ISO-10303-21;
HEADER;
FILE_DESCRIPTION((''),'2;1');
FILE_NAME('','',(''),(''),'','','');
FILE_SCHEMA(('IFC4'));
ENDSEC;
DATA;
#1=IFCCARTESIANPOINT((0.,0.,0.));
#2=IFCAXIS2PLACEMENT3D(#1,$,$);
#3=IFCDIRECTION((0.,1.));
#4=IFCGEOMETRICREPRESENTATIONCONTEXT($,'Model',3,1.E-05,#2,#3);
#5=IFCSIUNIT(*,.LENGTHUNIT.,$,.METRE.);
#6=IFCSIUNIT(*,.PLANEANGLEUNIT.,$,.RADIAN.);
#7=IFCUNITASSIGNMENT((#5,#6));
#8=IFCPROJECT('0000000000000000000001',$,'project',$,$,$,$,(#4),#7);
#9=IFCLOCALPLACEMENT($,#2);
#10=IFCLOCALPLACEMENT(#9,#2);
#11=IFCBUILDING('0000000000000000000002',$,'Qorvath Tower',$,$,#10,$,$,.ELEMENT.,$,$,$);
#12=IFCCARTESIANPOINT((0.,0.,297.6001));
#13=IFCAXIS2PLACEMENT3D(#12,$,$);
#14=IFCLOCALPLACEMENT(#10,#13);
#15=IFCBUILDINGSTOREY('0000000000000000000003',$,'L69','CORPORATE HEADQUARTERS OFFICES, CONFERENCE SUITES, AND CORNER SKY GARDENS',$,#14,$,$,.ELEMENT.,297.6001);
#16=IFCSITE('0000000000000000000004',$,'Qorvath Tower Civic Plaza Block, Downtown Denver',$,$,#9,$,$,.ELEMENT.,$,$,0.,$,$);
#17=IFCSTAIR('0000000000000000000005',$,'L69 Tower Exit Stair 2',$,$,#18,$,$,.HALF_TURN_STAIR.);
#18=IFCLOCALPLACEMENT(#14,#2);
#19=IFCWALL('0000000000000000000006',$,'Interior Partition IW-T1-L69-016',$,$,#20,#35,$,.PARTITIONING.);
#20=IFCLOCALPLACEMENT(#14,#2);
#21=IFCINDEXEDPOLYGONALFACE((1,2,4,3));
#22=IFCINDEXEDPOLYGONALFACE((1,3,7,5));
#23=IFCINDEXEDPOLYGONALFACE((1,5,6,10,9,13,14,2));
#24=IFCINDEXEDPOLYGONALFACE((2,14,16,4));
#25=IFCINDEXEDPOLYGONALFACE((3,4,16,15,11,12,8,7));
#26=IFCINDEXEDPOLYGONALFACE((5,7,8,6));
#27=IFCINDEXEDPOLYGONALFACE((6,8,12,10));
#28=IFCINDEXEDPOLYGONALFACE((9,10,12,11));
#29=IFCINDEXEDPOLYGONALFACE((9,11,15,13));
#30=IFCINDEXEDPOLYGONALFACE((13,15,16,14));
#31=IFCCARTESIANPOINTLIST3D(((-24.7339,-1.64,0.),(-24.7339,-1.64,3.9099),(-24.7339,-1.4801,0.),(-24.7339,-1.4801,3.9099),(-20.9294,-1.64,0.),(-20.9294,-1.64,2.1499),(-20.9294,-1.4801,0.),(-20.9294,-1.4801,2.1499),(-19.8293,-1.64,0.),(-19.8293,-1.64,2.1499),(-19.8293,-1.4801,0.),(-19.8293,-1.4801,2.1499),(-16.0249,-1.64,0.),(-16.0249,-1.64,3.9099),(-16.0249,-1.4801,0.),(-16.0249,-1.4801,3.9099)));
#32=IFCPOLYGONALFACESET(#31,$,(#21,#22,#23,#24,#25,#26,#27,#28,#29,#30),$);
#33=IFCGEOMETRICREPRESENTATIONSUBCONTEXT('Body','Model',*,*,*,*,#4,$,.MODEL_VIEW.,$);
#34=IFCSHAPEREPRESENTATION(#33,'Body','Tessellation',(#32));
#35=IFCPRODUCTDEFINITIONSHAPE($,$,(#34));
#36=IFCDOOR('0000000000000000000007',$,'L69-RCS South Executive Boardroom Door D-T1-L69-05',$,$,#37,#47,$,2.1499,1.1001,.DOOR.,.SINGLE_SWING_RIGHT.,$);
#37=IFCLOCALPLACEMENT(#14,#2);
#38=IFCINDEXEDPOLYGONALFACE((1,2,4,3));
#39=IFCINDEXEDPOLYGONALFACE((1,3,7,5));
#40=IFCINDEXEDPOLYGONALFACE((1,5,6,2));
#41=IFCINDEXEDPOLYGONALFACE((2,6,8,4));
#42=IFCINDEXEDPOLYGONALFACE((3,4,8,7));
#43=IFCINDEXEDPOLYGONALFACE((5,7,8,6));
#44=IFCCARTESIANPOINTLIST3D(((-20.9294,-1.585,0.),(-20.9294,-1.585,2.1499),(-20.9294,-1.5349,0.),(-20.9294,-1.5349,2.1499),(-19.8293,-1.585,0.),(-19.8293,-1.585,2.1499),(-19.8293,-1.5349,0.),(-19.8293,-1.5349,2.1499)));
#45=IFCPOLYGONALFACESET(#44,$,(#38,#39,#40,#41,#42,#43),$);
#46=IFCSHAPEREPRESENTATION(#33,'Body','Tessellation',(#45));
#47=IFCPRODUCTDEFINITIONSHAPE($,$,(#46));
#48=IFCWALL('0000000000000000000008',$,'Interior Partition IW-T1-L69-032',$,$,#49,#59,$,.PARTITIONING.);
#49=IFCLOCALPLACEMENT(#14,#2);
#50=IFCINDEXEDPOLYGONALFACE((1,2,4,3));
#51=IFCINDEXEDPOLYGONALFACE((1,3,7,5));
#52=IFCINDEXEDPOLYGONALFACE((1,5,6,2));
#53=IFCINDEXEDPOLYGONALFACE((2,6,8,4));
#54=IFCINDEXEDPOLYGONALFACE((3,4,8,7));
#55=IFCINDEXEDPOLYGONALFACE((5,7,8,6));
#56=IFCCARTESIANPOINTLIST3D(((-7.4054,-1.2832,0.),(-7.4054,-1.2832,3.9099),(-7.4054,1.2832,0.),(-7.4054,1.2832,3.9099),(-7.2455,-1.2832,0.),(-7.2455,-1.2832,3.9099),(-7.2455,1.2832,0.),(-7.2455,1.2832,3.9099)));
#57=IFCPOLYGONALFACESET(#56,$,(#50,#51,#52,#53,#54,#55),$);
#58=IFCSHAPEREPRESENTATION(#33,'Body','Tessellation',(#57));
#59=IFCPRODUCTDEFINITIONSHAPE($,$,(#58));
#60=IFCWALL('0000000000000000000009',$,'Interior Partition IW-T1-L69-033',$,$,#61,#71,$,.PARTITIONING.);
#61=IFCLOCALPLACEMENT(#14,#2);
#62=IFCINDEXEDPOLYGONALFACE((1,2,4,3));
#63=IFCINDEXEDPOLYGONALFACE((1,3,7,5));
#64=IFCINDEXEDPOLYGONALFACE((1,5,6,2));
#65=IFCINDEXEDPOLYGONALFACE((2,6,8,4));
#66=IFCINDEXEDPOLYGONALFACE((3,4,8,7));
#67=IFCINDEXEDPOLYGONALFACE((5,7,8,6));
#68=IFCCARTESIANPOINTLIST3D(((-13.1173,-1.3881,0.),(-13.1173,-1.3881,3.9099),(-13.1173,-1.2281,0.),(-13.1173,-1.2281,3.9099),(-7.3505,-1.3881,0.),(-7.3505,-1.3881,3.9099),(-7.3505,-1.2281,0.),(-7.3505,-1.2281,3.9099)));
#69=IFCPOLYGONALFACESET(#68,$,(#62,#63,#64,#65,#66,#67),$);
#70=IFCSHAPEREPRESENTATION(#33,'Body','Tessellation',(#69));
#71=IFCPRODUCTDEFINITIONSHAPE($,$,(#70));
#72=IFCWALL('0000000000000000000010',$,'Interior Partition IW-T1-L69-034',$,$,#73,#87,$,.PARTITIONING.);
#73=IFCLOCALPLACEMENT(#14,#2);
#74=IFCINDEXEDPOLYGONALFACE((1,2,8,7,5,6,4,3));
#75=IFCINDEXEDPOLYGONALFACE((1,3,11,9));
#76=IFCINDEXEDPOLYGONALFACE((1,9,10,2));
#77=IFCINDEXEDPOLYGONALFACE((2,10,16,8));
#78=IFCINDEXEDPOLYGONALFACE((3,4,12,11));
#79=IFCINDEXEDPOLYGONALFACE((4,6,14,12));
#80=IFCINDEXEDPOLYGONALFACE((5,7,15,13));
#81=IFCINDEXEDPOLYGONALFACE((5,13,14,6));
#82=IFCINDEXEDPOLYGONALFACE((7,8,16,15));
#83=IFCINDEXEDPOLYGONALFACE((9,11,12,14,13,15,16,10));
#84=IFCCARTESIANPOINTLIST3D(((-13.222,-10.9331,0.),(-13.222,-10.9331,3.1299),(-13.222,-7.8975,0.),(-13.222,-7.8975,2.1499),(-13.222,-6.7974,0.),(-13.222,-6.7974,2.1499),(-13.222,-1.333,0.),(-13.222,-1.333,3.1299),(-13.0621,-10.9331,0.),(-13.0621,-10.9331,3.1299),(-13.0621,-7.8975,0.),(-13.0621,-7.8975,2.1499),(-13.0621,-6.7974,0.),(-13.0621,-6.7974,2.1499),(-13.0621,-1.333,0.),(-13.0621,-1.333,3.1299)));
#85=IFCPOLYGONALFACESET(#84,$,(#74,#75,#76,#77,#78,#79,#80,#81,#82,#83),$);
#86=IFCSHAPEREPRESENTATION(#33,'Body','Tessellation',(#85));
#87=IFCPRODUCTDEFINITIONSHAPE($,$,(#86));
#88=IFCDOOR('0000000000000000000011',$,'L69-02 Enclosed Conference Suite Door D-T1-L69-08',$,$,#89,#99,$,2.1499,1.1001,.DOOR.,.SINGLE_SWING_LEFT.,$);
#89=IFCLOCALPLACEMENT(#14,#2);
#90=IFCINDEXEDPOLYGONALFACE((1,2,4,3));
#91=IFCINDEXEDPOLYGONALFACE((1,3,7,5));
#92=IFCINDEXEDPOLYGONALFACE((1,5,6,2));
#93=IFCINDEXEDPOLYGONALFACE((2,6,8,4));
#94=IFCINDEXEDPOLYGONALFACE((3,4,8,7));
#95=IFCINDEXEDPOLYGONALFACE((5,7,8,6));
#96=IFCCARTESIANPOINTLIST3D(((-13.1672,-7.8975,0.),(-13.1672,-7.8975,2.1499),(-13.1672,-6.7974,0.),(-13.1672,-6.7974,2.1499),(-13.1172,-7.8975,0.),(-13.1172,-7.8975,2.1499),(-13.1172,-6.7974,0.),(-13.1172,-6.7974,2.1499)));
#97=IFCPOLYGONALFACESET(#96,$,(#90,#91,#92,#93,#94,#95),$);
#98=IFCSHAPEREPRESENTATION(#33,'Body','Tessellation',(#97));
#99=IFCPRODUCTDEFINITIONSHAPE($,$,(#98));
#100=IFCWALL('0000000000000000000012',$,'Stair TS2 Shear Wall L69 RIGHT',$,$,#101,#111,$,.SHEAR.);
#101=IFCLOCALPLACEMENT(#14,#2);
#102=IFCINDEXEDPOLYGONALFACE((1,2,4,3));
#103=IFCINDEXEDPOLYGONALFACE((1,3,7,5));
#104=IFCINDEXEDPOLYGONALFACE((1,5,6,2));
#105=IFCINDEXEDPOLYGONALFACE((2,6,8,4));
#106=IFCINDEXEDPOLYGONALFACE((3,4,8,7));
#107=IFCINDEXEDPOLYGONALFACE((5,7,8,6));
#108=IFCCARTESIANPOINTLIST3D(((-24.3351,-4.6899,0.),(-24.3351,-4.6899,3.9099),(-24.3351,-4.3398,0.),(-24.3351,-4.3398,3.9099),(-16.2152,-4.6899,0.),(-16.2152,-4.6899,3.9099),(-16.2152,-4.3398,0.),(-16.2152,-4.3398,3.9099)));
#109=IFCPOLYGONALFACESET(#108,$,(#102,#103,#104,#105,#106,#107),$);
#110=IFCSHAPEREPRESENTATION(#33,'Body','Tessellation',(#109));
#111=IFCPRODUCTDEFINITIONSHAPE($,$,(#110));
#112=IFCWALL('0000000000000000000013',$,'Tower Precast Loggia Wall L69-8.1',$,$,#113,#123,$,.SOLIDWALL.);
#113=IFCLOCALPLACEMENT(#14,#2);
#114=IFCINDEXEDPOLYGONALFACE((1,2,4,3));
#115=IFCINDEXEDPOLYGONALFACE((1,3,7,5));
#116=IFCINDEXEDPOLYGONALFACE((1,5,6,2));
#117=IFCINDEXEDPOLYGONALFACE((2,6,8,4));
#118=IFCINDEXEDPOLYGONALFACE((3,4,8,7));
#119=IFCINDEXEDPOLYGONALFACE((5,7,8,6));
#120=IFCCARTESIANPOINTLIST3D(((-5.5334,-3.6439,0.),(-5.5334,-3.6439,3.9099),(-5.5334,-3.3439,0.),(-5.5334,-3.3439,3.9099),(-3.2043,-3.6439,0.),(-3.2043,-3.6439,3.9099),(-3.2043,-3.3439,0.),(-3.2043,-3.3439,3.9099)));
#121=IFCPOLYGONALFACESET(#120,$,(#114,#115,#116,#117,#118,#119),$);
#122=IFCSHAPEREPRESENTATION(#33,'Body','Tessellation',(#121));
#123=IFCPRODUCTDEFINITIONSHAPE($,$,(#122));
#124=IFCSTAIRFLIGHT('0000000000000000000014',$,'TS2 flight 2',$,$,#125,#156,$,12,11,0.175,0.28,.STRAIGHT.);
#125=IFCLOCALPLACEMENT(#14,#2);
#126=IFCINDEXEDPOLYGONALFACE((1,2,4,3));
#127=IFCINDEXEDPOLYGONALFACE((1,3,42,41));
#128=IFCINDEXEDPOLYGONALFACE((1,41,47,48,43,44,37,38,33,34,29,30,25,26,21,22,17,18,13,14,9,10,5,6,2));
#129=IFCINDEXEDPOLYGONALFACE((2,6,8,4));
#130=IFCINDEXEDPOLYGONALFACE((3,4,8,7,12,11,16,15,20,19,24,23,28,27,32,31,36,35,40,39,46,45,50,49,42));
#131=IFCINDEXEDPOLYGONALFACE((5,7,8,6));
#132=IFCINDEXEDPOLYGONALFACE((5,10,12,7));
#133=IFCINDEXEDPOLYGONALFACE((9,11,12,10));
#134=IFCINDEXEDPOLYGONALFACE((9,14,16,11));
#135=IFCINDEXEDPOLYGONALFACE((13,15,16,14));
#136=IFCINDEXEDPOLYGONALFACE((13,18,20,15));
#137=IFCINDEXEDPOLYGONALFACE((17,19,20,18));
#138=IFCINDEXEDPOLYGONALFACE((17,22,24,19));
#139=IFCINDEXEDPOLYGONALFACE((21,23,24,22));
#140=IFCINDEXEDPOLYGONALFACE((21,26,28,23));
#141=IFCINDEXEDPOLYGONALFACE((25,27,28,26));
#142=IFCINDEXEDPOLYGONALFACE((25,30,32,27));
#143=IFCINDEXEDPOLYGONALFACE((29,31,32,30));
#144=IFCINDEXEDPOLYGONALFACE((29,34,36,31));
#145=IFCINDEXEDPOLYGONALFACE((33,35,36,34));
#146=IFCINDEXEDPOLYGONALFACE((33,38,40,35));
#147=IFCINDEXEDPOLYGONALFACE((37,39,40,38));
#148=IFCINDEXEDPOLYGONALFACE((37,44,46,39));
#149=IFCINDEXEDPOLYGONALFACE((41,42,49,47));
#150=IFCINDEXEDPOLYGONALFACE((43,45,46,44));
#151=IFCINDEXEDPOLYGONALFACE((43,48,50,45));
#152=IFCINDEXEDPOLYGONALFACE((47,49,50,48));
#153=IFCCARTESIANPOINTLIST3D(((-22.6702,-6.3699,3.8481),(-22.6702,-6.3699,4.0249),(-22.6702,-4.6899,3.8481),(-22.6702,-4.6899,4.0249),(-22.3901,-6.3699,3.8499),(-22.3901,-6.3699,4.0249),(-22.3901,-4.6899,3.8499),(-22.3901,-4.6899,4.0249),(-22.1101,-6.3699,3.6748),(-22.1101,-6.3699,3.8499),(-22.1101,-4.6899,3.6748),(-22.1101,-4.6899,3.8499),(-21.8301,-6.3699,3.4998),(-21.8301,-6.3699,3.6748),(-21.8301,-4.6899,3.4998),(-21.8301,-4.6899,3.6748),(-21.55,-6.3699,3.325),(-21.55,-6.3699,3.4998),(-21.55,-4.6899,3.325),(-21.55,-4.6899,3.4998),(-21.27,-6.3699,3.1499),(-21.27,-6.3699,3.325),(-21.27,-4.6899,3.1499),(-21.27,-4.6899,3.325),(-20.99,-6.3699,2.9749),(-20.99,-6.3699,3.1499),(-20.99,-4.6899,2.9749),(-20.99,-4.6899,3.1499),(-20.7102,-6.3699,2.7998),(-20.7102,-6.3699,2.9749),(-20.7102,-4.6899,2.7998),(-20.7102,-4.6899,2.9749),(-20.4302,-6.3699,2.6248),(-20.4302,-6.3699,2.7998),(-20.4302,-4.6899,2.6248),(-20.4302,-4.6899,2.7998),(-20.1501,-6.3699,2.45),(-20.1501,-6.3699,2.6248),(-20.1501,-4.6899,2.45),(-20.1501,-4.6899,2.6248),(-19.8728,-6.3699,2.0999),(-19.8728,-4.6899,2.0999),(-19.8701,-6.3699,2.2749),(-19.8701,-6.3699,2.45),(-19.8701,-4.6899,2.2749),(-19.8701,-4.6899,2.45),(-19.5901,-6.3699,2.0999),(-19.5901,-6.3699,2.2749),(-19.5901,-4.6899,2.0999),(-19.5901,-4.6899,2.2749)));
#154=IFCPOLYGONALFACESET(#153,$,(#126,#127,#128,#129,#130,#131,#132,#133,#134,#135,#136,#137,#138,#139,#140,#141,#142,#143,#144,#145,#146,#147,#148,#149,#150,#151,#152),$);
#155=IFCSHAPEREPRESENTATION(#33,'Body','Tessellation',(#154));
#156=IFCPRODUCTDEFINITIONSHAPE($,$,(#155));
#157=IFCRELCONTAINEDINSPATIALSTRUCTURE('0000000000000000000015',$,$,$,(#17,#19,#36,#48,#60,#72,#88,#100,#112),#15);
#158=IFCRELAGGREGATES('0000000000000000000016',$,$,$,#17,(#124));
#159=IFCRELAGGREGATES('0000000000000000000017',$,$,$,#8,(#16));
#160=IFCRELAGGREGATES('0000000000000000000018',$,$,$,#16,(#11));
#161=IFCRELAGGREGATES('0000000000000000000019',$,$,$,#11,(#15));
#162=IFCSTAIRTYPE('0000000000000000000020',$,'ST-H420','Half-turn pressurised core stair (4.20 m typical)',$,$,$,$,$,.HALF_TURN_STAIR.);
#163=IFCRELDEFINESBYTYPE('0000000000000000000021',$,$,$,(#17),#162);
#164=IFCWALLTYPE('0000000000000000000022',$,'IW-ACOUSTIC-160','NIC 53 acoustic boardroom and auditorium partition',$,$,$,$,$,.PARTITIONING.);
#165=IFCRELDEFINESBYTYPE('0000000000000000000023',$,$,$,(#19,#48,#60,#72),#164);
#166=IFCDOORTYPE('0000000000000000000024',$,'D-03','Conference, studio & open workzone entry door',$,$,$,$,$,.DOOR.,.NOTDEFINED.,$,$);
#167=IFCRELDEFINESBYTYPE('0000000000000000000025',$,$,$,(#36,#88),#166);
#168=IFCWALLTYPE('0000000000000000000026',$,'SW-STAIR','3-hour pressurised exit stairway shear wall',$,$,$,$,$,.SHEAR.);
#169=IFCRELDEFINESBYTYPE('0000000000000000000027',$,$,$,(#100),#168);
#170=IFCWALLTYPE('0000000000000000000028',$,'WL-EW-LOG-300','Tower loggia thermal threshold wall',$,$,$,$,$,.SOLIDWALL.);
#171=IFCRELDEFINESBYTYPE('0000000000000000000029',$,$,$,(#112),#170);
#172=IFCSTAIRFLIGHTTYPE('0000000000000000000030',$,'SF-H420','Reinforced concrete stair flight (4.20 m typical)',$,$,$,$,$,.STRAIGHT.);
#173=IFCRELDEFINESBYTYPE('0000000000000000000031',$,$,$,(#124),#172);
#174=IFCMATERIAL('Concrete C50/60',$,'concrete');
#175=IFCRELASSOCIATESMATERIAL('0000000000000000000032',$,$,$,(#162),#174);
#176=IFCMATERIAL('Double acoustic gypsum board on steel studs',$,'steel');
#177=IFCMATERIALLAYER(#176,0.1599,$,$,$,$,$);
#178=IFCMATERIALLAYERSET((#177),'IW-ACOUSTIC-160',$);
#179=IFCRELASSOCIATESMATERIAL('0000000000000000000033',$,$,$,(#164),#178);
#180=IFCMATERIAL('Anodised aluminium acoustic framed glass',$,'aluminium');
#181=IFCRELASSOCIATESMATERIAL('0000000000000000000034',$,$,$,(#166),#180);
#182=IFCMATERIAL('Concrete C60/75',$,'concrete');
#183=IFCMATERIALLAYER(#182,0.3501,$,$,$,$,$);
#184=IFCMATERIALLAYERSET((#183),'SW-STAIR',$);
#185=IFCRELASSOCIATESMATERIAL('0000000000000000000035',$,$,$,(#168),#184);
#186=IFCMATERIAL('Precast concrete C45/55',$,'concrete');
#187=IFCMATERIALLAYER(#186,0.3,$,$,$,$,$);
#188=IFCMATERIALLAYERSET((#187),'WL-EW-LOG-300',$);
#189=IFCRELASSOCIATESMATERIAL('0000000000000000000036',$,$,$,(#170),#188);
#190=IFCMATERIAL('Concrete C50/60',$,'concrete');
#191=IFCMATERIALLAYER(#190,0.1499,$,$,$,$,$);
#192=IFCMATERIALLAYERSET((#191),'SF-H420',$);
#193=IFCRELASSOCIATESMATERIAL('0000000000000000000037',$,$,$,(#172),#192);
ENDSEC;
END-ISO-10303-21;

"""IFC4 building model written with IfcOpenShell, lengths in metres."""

from ifc_helpers import new_model, si_unit, direction, frame, frame_2d, origin, place, context, subcontext, project, spatial, polyline, rectangle, outline, extrude, material, layer, layer_set, type_object, element, fill, aggregate, save


model = new_model("IFC4")

# Units and contexts
model_context = context("Model", 3, precision=1e-05, world=origin(), true_north=direction((0.0, 1.0)))
body_context = subcontext(model_context, "Body", "Model", "MODEL_VIEW")
ifc_project = project(units=[si_unit("LENGTHUNIT", "METRE"), si_unit("PLANEANGLEUNIT", "RADIAN")], contexts=[model_context])

# Site, building, storey
site_placement = place(None, origin())
site = spatial("IfcSite", under=ifc_project, at=site_placement, Name="Qorvath Tower Civic Plaza Block, Downtown Denver", CompositionType="ELEMENT", RefElevation=0.0)
building_placement = place(site_placement, origin())
building = spatial("IfcBuilding", under=site, at=building_placement, Name="Qorvath Tower", CompositionType="ELEMENT")
storey_placement = place(building_placement, frame((0.0, 0.0, 297.6001)))
storey = spatial("IfcBuildingStorey", under=building, at=storey_placement, Name="L69", Description="CORPORATE HEADQUARTERS OFFICES, CONFERENCE SUITES, AND CORNER SKY GARDENS", CompositionType="ELEMENT", Elevation=297.6001)

# Stair
ifc_material_1 = material(Name="Concrete C50/60", Category="concrete")
stair_type = type_object("IfcStairType", Name="ST-H420", Description="Half-turn pressurised core stair (4.20 m typical)", PredefinedType="HALF_TURN_STAIR", material=ifc_material_1)
stair_1_placement = place(storey_placement, origin())
stair_1 = element("IfcStair", 1, at=stair_1_placement, inside=storey, type_object=stair_type, Name="L69 Tower Exit Stair 2", PredefinedType="HALF_TURN_STAIR")

# Shared definitions
ifc_material_2 = material(Name="Double acoustic gypsum board on steel studs", Category="steel")
ifc_layer_1 = layer(ifc_material_2, 0.1599)
ifc_layer_set_1 = layer_set([ifc_layer_1], Name="IW-ACOUSTIC-160")
wall_type_1 = type_object("IfcWallType", Name="IW-ACOUSTIC-160", Description="NIC 53 acoustic boardroom and auditorium partition", PredefinedType="PARTITIONING", material=ifc_layer_set_1)

# Wall, opening, door
wall_1_placement = place(storey_placement, frame((-16.0249, -1.5601, 0.0), z_axis=(0.0, 0.0, 1.0), x_axis=(-1.0, 0.0, 0.0)))
wall_1 = element("IfcWall", 2, at=wall_1_placement, inside=storey, type_object=wall_type_1, Name="Interior Partition IW-T1-L69-016", PredefinedType="PARTITIONING", context=body_context, shape_type="SweptSolid", body=[
    extrude(rectangle(XDim=8.709, YDim=0.1599, at=frame_2d((4.3545, 0.0))), origin(), (0.0, 0.0, 1.0), 3.9099),
])
opening_1_placement = place(wall_1_placement, frame((3.8044, 0.0, 0.0)))
opening_1 = element("IfcOpeningElement", 3, at=opening_1_placement, cuts=wall_1, PredefinedType="OPENING", context=body_context, shape_type="SweptSolid", body=[
    extrude(rectangle(XDim=1.1001, YDim=2.1499, at=frame_2d((0.55, 1.075))), frame((0.0, 0.0898, 0.0), z_axis=(0.0, -1.0, 0.0), x_axis=(1.0, 0.0, 0.0)), (0.0, 0.0, 1.0), 0.1799),
])
ifc_material_3 = material(Name="Anodised aluminium acoustic framed glass", Category="aluminium")
door_type = type_object("IfcDoorType", Name="D-03", Description="Conference, studio & open workzone entry door", OperationType="NOTDEFINED", PredefinedType="DOOR", material=ifc_material_3)
door_1_placement = place(opening_1_placement, origin())
door_1 = element("IfcDoor", 4, at=door_1_placement, inside=storey, type_object=door_type, Name="L69-RCS South Executive Boardroom Door D-T1-L69-05", OperationType="SINGLE_SWING_RIGHT", OverallHeight=2.1499, OverallWidth=1.1001, PredefinedType="DOOR", context=body_context, shape_type="SweptSolid", body=[
    extrude(rectangle(XDim=1.1001, YDim=2.1499, at=frame_2d((0.55, 1.075))), frame((0.0, 0.0249, 0.0), z_axis=(0.0, -1.0, 0.0), x_axis=(1.0, 0.0, 0.0)), (0.0, 0.0, 1.0), 0.05),
])
fill(opening_1, door_1)

# Walls
wall_2_placement = place(storey_placement, frame((-7.3254, -1.2832, 0.0), z_axis=(0.0, 0.0, 1.0), x_axis=(0.0, 1.0, 0.0)))
element("IfcWall", 5, at=wall_2_placement, inside=storey, type_object=wall_type_1, Name="Interior Partition IW-T1-L69-032", PredefinedType="PARTITIONING", context=body_context, shape_type="SweptSolid", body=[
    extrude(rectangle(XDim=2.5664, YDim=0.1599, at=frame_2d((1.2832, 0.0))), origin(), (0.0, 0.0, 1.0), 3.9099),
])
wall_3_placement = place(storey_placement, frame((-13.1172, -1.3081, 0.0), z_axis=(0.0, 0.0, 1.0), x_axis=(1.0, 0.0, 0.0)))
element("IfcWall", 6, at=wall_3_placement, inside=storey, type_object=wall_type_1, Name="Interior Partition IW-T1-L69-033", PredefinedType="PARTITIONING", context=body_context, shape_type="SweptSolid", body=[
    extrude(rectangle(XDim=5.7668, YDim=0.1599, at=frame_2d((2.8833, 0.0))), origin(), (0.0, 0.0, 1.0), 3.9099),
])

# Wall, opening, door
wall_4_placement = place(storey_placement, frame((-13.1421, -1.333, 0.0), z_axis=(0.0, 0.0, 1.0), x_axis=(0.0, -1.0, 0.0)))
wall_4 = element("IfcWall", 7, at=wall_4_placement, inside=storey, type_object=wall_type_1, Name="Interior Partition IW-T1-L69-034", PredefinedType="PARTITIONING", context=body_context, shape_type="SweptSolid", body=[
    extrude(rectangle(XDim=9.6001, YDim=0.1599, at=frame_2d((4.8, 0.0))), origin(), (0.0, 0.0, 1.0), 3.1299),
])
opening_2_placement = place(wall_4_placement, frame((5.4644, 0.0, 0.0)))
opening_2 = element("IfcOpeningElement", 8, at=opening_2_placement, cuts=wall_4, PredefinedType="OPENING", context=body_context, shape_type="SweptSolid", body=[
    extrude(rectangle(XDim=1.1001, YDim=2.1499, at=frame_2d((0.55, 1.075))), frame((0.0, 0.0898, 0.0), z_axis=(0.0, -1.0, 0.0), x_axis=(1.0, 0.0, 0.0)), (0.0, 0.0, 1.0), 0.1799),
])
door_2_placement = place(opening_2_placement, origin())
door_2 = element("IfcDoor", 9, at=door_2_placement, inside=storey, type_object=door_type, Name="L69-02 Enclosed Conference Suite Door D-T1-L69-08", OperationType="SINGLE_SWING_LEFT", OverallHeight=2.1499, OverallWidth=1.1001, PredefinedType="DOOR", context=body_context, shape_type="SweptSolid", body=[
    extrude(rectangle(XDim=1.1001, YDim=2.1499, at=frame_2d((0.55, 1.075))), frame((0.0, 0.0249, 0.0), z_axis=(0.0, -1.0, 0.0), x_axis=(1.0, 0.0, 0.0)), (0.0, 0.0, 1.0), 0.05),
])
fill(opening_2, door_2)

# Walls
ifc_material_4 = material(Name="Concrete C60/75", Category="concrete")
ifc_layer_2 = layer(ifc_material_4, 0.3501)
ifc_layer_set_2 = layer_set([ifc_layer_2], Name="SW-STAIR")
wall_type_2 = type_object("IfcWallType", Name="SW-STAIR", Description="3-hour pressurised exit stairway shear wall", PredefinedType="SHEAR", material=ifc_layer_set_2)
wall_5_placement = place(storey_placement, frame((-16.2151, -4.5149, 0.0), z_axis=(0.0, 0.0, 1.0), x_axis=(-1.0, 0.0, 0.0)))
element("IfcWall", 10, at=wall_5_placement, inside=storey, type_object=wall_type_2, Name="Stair TS2 Shear Wall L69 RIGHT", PredefinedType="SHEAR", context=body_context, shape_type="SweptSolid", body=[
    extrude(rectangle(XDim=8.1199, YDim=0.3501, at=frame_2d((4.0601, 0.0))), origin(), (0.0, 0.0, 1.0), 3.9099),
])
ifc_material_5 = material(Name="Precast concrete C45/55", Category="concrete")
ifc_layer_3 = layer(ifc_material_5, 0.3)
ifc_layer_set_3 = layer_set([ifc_layer_3], Name="WL-EW-LOG-300")
wall_type_3 = type_object("IfcWallType", Name="WL-EW-LOG-300", Description="Tower loggia thermal threshold wall", PredefinedType="SOLIDWALL", material=ifc_layer_set_3)
wall_6_placement = place(storey_placement, frame((-3.2043, -3.4939, 0.0), z_axis=(0.0, 0.0, 1.0), x_axis=(-1.0, 0.0, 0.0)))
element("IfcWall", 11, at=wall_6_placement, inside=storey, type_object=wall_type_3, Name="Tower Precast Loggia Wall L69-8.1", PredefinedType="SOLIDWALL", context=body_context, shape_type="SweptSolid", body=[
    extrude(rectangle(XDim=2.3291, YDim=0.3, at=frame_2d((1.1646, 0.0))), origin(), (0.0, 0.0, 1.0), 3.9099),
])

# Stair flight
ifc_material_6 = material(Name="Concrete C50/60", Category="concrete")
ifc_layer_4 = layer(ifc_material_6, 0.1499)
ifc_layer_set_4 = layer_set([ifc_layer_4], Name="SF-H420")
stair_flight_type = type_object("IfcStairFlightType", Name="SF-H420", Description="Reinforced concrete stair flight (4.20 m typical)", PredefinedType="STRAIGHT", material=ifc_layer_set_4)
stair_flight_placement = place(storey_placement, frame((-19.5901, -5.53, 2.0999), z_axis=(0.0, 0.0, 1.0), x_axis=(-1.0, 0.0, 0.0)))
stair_flight = element("IfcStairFlight", 12, at=stair_flight_placement, type_object=stair_flight_type, Name="TS2 flight 2", NumberOfRisers=12, NumberOfTreads=11, PredefinedType="STRAIGHT", RiserHeight=0.175, TreadLength=0.28, context=body_context, shape_type="SweptSolid", body=[
    extrude(outline(polyline([(0.0, 0.0), (0.0, 0.175), (0.28, 0.175), (0.28, 0.3501), (0.5601, 0.3501), (0.5601, 0.5249), (0.8401, 0.5249), (0.8401, 0.7), (1.1201, 0.7), (1.1201, 0.875), (1.3999, 0.875), (1.3999, 1.05), (1.6799, 1.05), (1.6799, 1.2251), (1.96, 1.2251), (1.96, 1.3999), (2.24, 1.3999), (2.24, 1.575), (2.52, 1.575), (2.52, 1.75), (2.8, 1.75), (2.8, 1.925), (3.0801, 1.925), (3.0801, 2.1001), (3.0801, 1.7483), (0.2827, 0.0), (0.0, 0.0)])), frame((0.0, 0.8398, 0.0), z_axis=(0.0, -1.0, 0.0), x_axis=(1.0, 0.0, 0.0)), (0.0, 0.0, 1.0), 1.6799),
])
aggregate(stair_1, [stair_flight])

save(model, "model.ifc")
